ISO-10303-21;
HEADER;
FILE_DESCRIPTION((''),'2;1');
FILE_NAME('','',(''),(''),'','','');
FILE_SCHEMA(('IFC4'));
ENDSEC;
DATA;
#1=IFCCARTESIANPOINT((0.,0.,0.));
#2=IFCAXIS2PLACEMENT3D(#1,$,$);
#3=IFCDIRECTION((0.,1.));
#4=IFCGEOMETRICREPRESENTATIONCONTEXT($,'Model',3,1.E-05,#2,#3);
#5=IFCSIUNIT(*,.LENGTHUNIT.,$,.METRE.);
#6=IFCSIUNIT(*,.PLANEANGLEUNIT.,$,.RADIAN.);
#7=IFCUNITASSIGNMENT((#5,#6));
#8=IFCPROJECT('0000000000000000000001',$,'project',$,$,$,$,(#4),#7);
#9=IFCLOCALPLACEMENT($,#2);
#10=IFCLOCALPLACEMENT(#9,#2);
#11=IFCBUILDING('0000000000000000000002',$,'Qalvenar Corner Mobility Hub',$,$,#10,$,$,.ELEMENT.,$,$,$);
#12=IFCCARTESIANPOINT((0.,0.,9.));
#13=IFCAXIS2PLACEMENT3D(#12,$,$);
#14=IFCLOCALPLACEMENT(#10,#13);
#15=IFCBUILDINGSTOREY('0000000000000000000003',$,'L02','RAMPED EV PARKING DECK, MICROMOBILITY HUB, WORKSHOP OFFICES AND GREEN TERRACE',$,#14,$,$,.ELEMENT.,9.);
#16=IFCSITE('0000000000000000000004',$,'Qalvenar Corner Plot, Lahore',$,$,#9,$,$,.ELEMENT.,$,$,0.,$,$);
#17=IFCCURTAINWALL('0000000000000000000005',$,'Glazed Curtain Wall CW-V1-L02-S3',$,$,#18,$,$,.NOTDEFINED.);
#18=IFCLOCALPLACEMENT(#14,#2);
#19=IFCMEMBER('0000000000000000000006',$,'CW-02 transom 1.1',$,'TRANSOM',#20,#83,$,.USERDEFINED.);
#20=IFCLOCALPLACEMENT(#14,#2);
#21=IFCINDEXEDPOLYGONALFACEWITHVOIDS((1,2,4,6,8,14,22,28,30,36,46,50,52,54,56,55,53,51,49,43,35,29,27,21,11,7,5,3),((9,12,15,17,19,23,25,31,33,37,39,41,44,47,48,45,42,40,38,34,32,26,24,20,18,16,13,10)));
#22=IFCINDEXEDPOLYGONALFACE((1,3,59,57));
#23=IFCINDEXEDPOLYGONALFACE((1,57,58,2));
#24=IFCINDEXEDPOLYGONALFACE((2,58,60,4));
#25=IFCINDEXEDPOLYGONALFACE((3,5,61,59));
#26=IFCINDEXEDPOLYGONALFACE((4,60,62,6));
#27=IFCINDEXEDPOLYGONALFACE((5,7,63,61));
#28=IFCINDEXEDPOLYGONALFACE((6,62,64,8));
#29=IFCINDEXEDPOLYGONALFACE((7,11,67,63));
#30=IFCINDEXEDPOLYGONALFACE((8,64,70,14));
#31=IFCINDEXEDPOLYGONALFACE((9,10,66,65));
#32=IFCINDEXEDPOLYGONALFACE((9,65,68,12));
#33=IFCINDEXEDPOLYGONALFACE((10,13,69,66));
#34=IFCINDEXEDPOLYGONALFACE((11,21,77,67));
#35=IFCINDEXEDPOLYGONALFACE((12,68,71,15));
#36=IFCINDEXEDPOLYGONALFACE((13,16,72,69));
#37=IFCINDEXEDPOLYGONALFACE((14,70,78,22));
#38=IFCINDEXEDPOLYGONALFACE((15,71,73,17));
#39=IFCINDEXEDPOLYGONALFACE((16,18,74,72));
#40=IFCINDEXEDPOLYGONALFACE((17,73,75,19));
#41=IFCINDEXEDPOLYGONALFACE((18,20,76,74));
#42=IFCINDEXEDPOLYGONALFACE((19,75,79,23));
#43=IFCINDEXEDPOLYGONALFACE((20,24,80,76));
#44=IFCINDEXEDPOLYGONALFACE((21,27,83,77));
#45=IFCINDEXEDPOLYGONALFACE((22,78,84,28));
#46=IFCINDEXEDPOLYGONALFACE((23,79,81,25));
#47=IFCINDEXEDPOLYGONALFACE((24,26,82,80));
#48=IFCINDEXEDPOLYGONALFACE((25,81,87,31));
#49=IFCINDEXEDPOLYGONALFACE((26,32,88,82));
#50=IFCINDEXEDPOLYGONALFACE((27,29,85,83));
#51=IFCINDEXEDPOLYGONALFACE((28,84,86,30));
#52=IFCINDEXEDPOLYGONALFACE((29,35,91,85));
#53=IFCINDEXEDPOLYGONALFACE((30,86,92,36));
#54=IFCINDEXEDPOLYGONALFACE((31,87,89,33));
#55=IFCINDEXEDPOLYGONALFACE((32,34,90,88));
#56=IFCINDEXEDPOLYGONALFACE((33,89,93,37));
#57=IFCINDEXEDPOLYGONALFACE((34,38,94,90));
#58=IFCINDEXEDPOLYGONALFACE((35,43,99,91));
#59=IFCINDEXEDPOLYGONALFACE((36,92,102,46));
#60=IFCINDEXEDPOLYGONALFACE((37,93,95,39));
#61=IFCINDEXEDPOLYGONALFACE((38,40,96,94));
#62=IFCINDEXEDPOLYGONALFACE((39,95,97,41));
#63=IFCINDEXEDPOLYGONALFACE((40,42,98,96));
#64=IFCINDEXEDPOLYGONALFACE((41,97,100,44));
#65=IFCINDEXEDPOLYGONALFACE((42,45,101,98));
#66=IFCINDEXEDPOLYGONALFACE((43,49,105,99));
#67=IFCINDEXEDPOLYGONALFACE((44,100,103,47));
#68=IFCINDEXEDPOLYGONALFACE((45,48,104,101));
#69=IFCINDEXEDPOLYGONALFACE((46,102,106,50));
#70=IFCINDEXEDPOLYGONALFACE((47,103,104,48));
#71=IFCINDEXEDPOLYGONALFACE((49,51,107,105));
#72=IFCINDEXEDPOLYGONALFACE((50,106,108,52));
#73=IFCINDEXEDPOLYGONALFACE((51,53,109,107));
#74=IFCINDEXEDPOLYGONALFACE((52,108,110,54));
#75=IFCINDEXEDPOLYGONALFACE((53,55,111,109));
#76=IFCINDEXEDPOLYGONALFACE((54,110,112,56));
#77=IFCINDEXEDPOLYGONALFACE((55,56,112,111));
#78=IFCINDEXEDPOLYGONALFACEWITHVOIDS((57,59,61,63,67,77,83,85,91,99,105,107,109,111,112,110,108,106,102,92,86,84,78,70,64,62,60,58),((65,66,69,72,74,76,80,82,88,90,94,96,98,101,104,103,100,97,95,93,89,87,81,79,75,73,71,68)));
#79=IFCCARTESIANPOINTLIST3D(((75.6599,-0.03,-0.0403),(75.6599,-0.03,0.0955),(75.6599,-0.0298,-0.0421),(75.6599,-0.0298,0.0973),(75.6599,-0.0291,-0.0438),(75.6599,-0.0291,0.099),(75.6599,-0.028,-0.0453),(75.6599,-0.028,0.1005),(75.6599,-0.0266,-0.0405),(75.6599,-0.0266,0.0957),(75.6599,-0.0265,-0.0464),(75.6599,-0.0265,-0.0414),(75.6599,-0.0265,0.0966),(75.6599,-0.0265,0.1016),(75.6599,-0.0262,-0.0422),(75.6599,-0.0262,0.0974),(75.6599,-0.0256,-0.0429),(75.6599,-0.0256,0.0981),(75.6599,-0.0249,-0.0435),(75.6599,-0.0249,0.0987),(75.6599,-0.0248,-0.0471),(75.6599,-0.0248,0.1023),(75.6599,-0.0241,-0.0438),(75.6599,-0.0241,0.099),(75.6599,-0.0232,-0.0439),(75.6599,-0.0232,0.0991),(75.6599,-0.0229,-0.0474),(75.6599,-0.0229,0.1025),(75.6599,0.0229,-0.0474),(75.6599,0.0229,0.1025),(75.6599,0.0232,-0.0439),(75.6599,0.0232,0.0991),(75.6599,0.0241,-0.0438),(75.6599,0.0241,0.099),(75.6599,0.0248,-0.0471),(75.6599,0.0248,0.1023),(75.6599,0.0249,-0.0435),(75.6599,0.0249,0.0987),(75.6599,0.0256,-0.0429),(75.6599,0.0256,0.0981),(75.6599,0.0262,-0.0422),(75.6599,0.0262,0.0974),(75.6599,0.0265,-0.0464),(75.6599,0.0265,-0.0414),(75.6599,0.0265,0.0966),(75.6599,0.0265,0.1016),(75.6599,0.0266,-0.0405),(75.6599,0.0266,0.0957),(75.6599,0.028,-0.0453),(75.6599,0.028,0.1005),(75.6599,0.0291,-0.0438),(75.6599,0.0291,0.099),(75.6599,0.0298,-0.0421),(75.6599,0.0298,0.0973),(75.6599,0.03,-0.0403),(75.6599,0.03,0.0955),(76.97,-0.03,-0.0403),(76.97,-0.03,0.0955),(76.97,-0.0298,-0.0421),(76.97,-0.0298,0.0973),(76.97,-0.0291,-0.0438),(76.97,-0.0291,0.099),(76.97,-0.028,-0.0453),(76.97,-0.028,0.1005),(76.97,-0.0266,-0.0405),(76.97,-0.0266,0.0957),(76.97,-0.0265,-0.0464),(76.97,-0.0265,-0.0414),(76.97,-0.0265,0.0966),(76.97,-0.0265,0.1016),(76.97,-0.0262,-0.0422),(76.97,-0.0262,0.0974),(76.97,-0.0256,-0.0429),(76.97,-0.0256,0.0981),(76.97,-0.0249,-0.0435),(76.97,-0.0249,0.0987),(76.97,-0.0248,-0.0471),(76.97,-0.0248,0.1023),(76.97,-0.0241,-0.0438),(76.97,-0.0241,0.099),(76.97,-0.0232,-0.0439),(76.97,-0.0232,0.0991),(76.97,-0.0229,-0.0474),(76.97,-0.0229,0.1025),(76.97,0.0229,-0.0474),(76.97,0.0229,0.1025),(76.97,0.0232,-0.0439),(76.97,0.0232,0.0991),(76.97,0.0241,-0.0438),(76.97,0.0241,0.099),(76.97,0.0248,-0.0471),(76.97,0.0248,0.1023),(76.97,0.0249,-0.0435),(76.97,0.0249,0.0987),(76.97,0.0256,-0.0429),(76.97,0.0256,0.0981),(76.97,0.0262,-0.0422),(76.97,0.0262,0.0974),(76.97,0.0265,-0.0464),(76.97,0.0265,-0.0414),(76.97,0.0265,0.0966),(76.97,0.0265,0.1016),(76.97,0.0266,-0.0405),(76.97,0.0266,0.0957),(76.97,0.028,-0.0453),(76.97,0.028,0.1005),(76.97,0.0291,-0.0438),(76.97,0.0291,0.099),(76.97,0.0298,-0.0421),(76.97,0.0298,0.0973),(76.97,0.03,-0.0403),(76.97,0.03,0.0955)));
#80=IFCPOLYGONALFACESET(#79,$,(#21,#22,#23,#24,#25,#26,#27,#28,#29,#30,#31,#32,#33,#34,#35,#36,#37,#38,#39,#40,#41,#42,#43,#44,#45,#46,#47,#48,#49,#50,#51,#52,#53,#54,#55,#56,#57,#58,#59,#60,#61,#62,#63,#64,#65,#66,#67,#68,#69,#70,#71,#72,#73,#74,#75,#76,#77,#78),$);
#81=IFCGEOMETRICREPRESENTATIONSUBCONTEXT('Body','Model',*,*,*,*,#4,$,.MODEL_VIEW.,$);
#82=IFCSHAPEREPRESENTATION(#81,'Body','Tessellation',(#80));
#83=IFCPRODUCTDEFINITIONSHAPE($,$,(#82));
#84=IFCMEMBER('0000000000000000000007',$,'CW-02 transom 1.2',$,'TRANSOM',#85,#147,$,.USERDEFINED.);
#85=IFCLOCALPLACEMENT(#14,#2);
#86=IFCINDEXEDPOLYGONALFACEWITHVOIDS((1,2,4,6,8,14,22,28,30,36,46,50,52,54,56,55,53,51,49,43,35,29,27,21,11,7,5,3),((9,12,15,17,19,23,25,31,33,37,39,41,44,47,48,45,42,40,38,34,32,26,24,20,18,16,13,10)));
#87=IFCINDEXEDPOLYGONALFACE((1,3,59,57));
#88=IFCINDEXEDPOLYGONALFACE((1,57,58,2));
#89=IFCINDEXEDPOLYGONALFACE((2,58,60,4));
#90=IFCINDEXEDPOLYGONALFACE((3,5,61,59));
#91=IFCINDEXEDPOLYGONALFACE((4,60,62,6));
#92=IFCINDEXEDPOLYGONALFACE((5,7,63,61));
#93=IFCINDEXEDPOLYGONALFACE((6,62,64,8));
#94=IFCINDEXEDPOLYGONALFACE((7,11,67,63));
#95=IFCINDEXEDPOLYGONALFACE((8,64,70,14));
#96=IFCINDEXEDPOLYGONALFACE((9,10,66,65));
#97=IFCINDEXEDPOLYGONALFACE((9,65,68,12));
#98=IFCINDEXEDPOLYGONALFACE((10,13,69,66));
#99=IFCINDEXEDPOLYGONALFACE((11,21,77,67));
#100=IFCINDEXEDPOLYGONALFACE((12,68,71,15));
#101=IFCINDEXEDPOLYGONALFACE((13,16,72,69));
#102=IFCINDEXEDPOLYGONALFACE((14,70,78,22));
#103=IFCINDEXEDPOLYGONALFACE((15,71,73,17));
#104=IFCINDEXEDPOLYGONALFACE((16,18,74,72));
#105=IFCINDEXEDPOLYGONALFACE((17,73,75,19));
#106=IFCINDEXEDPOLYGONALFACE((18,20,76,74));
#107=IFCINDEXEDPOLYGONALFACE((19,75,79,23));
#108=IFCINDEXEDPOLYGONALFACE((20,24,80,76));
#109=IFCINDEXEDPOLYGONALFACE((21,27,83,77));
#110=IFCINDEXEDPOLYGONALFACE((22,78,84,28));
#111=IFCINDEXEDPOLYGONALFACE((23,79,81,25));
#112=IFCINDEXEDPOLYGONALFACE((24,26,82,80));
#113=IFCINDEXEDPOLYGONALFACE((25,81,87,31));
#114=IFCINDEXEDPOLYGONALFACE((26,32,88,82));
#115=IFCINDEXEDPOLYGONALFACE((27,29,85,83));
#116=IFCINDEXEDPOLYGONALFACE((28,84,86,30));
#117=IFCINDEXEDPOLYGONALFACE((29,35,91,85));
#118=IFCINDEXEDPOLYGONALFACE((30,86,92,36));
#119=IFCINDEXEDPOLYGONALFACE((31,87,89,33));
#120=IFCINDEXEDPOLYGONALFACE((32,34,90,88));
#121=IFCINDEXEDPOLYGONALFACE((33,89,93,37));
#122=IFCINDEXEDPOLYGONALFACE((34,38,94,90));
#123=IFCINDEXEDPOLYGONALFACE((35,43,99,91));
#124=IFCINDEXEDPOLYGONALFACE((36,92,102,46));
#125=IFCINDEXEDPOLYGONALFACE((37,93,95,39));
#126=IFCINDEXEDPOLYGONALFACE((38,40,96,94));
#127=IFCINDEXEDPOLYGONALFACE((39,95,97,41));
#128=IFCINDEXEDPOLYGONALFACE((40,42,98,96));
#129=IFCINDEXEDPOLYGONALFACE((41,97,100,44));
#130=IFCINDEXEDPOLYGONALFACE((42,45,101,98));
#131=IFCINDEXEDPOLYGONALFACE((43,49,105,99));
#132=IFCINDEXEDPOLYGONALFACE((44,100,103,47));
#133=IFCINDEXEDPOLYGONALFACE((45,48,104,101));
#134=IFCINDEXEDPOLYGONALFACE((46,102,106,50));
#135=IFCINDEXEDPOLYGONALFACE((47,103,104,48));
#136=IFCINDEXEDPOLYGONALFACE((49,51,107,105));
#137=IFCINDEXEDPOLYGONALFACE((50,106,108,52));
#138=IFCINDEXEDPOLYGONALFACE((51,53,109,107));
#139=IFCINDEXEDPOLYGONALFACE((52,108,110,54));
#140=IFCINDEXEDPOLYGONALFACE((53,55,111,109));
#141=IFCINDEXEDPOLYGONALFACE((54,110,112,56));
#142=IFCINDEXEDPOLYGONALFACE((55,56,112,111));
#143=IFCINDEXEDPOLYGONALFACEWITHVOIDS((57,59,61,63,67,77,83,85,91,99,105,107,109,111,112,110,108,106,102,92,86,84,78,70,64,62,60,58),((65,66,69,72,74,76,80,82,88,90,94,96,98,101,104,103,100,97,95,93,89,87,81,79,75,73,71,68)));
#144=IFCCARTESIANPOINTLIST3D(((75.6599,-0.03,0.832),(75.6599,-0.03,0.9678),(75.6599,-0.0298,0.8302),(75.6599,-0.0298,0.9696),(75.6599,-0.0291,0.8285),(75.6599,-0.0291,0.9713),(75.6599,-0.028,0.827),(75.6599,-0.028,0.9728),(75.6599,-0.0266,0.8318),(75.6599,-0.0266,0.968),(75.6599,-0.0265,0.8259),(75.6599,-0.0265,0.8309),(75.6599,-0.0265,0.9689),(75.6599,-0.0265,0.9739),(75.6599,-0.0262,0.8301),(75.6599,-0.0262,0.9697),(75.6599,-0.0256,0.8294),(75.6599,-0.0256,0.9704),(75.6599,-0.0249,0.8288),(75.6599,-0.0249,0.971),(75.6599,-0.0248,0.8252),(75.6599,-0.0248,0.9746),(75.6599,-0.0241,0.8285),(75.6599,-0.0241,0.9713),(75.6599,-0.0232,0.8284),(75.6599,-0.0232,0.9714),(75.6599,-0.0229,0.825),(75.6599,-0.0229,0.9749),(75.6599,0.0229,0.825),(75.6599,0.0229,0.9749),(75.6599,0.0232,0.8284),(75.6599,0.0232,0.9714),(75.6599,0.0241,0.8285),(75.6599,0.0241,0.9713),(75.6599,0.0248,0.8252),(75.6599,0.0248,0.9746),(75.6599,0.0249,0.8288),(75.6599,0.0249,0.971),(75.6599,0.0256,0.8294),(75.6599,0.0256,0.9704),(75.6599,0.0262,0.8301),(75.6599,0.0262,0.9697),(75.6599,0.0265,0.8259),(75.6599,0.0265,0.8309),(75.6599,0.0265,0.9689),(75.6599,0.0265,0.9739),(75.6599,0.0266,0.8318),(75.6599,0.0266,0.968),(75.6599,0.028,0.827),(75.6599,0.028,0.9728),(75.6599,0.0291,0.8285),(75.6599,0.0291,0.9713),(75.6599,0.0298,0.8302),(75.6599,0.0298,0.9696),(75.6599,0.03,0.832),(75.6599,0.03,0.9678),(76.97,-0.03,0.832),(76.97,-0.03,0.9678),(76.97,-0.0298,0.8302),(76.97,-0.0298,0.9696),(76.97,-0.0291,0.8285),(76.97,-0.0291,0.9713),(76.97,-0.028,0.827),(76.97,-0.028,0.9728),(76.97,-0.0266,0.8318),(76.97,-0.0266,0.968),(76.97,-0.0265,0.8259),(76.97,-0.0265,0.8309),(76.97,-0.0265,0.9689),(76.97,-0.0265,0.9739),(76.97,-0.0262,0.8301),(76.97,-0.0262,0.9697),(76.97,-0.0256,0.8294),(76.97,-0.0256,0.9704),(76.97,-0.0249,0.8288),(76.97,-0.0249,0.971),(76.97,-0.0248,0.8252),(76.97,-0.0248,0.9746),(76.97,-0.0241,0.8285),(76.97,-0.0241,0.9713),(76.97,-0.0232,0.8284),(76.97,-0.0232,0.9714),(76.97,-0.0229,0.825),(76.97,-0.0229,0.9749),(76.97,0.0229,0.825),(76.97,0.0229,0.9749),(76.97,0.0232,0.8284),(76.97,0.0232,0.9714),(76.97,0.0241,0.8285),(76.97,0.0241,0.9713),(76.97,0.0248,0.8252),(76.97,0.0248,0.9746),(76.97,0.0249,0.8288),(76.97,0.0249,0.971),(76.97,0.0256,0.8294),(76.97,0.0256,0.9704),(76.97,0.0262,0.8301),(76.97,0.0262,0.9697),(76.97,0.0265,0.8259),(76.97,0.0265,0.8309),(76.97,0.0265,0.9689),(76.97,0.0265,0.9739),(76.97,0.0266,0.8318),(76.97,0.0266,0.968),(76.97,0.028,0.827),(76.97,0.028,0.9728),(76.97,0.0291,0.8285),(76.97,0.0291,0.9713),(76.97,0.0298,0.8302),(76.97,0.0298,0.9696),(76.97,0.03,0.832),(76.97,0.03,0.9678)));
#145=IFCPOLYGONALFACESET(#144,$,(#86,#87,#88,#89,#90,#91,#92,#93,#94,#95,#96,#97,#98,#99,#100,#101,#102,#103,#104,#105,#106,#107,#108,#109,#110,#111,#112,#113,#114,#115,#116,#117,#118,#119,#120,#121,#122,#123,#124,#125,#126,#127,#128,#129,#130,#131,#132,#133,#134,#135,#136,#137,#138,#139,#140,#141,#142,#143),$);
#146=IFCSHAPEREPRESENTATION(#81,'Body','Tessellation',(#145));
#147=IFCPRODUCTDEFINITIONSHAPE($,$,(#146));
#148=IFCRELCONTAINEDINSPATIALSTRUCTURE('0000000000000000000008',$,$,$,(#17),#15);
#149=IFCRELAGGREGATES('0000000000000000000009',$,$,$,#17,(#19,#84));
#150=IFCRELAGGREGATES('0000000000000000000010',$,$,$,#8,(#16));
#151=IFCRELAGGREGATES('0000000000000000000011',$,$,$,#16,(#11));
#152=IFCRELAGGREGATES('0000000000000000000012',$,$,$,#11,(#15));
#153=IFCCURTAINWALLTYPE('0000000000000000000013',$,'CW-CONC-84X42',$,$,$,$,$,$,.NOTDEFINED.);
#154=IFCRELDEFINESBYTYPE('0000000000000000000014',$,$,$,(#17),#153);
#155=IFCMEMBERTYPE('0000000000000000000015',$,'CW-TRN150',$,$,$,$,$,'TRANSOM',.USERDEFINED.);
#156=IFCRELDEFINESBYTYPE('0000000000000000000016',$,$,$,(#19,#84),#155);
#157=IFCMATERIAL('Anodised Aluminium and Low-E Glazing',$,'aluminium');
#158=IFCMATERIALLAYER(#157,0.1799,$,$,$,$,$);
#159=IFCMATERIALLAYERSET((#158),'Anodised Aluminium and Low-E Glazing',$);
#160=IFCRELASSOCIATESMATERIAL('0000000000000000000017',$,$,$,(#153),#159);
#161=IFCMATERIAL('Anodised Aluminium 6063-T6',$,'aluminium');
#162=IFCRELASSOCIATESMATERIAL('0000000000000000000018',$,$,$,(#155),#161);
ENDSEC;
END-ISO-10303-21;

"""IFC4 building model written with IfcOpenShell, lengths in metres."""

from ifc_helpers import new_model, si_unit, direction, frame, origin, origin_2d, place, context, subcontext, project, spatial, hollow_rectangle, extrude, material, layer, layer_set, material_profile, profile_set, type_object, element, aggregate, save


model = new_model("IFC4")

# Units and contexts
model_context = context("Model", 3, precision=1e-05, world=origin(), true_north=direction((0.0, 1.0)))
body_context = subcontext(model_context, "Body", "Model", "MODEL_VIEW")
ifc_project = project(units=[si_unit("LENGTHUNIT", "METRE"), si_unit("PLANEANGLEUNIT", "RADIAN")], contexts=[model_context])

# Site, building, storey
site_placement = place(None, origin())
site = spatial("IfcSite", under=ifc_project, at=site_placement, Name="Qalvenar Corner Plot, Lahore", CompositionType="ELEMENT", RefElevation=0.0)
building_placement = place(site_placement, origin())
building = spatial("IfcBuilding", under=site, at=building_placement, Name="Qalvenar Corner Mobility Hub", CompositionType="ELEMENT")
storey_placement = place(building_placement, frame((0.0, 0.0, 9.0)))
storey = spatial("IfcBuildingStorey", under=building, at=storey_placement, Name="L02", Description="RAMPED EV PARKING DECK, MICROMOBILITY HUB, WORKSHOP OFFICES AND GREEN TERRACE", CompositionType="ELEMENT", Elevation=9.0)

# Curtain wall, members
ifc_material_1 = material(Name="Anodised Aluminium and Low-E Glazing", Category="aluminium")
ifc_layer_1 = layer(ifc_material_1, 0.1799)
ifc_layer_set_1 = layer_set([ifc_layer_1], Name="Anodised Aluminium and Low-E Glazing")
curtain_wall_type = type_object("IfcCurtainWallType", Name="CW-CONC-84X42", PredefinedType="NOTDEFINED", material=ifc_layer_set_1)
curtain_wall_placement = place(storey_placement, origin())
curtain_wall = element("IfcCurtainWall", 1, at=curtain_wall_placement, inside=storey, type_object=curtain_wall_type, Name="Glazed Curtain Wall CW-V1-L02-S3", PredefinedType="NOTDEFINED")
ifc_material_2 = material(Name="Anodised Aluminium 6063-T6", Category="aluminium")
ifc_material_profile_1 = material_profile(ifc_material_2, hollow_rectangle(XDim=0.0601, YDim=0.1499, WallThickness=0.0034, InnerFilletRadius=0.0034, OuterFilletRadius=0.0071, at=origin_2d()), Name="RHS150x60x3.5")
ifc_profile_set_1 = profile_set([ifc_material_profile_1], Name="Anodised Aluminium 6063-T6")
member_type_1 = type_object("IfcMemberType", Name="CW-TRN150", ElementType="TRANSOM", PredefinedType="USERDEFINED", material=ifc_profile_set_1)
member_1_placement = place(storey_placement, frame((75.6599, 0.0, 0.0276), z_axis=(1.0, 0.0, 0.0), x_axis=(0.0, 1.0, 0.0)))
member_1 = element("IfcMember", 2, at=member_1_placement, type_object=member_type_1, Name="CW-02 transom 1.1", ObjectType="TRANSOM", PredefinedType="USERDEFINED", context=body_context, shape_type="SweptSolid", body=[
    extrude(hollow_rectangle(XDim=0.0601, YDim=0.1499, WallThickness=0.0034, InnerFilletRadius=0.0034, OuterFilletRadius=0.0071, at=origin_2d()), origin(), (0.0, 0.0, 1.0), 1.3101),
])
member_2_placement = place(storey_placement, frame((75.6599, 0.0, 0.8999), z_axis=(1.0, 0.0, 0.0), x_axis=(0.0, 1.0, 0.0)))
member_2 = element("IfcMember", 3, at=member_2_placement, type_object=member_type_1, Name="CW-02 transom 1.2", ObjectType="TRANSOM", PredefinedType="USERDEFINED", context=body_context, shape_type="SweptSolid", body=[
    extrude(hollow_rectangle(XDim=0.0601, YDim=0.1499, WallThickness=0.0034, InnerFilletRadius=0.0034, OuterFilletRadius=0.0071, at=origin_2d()), origin(), (0.0, 0.0, 1.0), 1.3101),
])
aggregate(curtain_wall, [member_1, member_2])

save(model, "model.ifc")
